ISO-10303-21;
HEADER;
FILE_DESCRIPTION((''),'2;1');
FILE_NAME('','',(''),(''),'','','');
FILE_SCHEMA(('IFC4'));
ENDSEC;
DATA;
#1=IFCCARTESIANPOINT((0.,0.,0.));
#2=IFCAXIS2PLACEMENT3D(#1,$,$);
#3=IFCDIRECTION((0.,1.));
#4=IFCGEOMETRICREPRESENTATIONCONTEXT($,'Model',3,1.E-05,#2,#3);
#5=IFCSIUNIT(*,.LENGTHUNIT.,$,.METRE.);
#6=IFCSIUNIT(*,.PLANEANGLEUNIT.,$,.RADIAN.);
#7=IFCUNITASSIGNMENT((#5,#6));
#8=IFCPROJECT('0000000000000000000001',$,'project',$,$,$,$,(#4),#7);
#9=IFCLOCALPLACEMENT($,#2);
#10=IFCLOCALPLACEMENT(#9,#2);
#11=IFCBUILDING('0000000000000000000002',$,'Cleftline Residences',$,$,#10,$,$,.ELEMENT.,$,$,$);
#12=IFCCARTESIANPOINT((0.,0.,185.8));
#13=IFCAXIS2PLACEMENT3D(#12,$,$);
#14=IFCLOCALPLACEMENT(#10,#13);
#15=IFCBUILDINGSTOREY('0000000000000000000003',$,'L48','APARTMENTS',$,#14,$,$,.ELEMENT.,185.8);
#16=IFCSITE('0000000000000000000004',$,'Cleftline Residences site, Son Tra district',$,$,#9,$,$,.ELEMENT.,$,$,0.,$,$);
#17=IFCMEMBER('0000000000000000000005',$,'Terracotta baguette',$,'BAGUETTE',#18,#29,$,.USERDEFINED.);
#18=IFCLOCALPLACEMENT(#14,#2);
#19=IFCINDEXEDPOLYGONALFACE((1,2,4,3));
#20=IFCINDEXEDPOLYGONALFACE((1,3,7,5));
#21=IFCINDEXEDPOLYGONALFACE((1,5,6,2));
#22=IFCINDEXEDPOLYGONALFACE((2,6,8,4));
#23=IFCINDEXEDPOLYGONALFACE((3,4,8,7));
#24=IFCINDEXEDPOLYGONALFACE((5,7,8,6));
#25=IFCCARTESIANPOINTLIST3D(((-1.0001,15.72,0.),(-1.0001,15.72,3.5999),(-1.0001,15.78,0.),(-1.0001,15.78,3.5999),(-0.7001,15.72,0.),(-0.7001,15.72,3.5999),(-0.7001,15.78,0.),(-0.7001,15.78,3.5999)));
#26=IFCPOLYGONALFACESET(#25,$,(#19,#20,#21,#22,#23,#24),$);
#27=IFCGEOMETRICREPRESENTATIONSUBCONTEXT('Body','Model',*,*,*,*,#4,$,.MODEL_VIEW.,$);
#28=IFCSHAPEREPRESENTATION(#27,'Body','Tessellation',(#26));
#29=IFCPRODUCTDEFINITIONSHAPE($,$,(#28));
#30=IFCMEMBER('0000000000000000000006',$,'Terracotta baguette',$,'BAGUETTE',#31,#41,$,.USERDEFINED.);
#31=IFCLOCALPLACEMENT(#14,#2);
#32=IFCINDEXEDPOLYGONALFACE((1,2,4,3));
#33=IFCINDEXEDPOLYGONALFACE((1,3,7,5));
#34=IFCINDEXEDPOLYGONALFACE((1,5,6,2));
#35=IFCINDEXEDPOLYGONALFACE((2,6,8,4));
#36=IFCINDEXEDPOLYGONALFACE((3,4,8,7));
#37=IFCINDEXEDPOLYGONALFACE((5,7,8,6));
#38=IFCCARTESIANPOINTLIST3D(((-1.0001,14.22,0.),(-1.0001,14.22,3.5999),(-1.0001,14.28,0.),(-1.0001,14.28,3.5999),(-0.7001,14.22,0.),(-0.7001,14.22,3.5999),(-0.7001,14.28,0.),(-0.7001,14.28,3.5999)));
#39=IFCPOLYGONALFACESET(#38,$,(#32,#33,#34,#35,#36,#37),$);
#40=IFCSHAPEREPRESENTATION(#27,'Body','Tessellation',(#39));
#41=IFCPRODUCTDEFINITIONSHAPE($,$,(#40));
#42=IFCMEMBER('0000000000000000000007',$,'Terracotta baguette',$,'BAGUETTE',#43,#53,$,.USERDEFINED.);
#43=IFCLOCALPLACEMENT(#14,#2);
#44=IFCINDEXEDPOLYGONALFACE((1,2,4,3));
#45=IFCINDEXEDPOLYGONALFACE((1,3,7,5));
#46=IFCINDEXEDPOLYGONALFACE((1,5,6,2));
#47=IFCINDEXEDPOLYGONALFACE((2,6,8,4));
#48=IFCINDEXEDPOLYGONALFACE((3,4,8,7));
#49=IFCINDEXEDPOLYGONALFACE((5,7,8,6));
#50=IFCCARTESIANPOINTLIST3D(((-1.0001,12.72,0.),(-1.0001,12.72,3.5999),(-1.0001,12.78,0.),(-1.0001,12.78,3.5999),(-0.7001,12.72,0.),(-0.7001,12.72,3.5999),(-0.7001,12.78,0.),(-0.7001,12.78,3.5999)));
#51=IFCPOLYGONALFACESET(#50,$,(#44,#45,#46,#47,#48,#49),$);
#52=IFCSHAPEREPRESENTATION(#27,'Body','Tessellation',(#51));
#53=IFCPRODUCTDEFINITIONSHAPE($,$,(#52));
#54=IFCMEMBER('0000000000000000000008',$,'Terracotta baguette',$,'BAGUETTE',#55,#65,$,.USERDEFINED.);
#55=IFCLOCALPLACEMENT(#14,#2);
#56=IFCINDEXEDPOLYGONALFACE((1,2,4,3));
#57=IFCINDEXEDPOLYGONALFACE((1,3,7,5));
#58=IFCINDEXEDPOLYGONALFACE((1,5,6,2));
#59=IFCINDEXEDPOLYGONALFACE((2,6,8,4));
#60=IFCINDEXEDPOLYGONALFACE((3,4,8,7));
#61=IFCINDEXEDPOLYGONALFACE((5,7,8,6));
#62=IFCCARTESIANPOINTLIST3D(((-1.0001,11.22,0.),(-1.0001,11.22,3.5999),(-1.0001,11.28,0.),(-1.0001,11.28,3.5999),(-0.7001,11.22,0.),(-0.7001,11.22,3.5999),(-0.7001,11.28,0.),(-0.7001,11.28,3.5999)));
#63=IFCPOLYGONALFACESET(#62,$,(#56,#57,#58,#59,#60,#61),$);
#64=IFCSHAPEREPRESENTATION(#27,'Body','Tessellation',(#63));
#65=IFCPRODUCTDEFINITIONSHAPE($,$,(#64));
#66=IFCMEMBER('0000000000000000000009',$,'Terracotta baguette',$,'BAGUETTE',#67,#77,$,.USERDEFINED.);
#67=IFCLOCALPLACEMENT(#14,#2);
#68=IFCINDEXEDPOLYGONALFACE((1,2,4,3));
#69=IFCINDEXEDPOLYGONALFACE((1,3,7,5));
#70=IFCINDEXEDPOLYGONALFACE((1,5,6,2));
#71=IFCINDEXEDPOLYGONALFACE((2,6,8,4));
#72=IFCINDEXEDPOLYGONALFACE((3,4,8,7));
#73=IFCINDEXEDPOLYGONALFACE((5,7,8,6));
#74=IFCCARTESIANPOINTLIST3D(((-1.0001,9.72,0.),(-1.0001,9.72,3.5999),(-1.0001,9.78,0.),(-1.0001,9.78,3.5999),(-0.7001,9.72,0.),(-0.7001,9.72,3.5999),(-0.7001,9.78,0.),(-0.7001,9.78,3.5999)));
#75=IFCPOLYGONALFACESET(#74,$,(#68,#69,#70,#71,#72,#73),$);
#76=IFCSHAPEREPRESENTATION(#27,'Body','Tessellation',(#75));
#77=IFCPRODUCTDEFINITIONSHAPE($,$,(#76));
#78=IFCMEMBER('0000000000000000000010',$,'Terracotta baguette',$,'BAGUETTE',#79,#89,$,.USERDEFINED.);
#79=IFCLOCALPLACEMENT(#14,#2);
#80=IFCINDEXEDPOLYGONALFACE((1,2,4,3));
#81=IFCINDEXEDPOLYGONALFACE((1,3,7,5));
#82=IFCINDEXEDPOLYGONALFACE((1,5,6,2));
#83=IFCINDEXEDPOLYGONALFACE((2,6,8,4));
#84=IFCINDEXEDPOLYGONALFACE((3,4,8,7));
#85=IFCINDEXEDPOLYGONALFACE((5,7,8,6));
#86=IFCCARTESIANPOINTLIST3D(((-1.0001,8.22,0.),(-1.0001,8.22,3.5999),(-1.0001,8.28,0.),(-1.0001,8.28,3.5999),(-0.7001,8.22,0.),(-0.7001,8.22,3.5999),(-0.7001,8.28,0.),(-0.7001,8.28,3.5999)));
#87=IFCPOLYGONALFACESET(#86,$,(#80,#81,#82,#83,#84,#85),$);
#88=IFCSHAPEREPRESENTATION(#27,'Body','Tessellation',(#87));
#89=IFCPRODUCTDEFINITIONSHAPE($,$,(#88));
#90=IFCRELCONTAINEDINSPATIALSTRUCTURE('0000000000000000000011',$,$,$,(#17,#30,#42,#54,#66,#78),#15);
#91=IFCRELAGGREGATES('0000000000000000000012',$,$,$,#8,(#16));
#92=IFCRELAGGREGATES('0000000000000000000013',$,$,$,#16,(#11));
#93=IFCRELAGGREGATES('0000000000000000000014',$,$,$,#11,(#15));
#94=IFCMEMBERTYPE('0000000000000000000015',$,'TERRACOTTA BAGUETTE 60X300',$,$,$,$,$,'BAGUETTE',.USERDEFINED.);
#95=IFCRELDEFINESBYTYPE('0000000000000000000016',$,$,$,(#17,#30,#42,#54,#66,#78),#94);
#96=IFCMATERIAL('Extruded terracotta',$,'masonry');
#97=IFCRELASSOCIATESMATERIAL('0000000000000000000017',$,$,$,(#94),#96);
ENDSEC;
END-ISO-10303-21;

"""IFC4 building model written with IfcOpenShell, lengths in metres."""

from ifc_helpers import new_model, si_unit, direction, frame, origin, origin_2d, place, context, subcontext, project, spatial, rectangle, extrude, material, material_profile, profile_set, type_object, element, save


model = new_model("IFC4")

# Units and contexts
model_context = context("Model", 3, precision=1e-05, world=origin(), true_north=direction((0.0, 1.0)))
body_context = subcontext(model_context, "Body", "Model", "MODEL_VIEW")
ifc_project = project(units=[si_unit("LENGTHUNIT", "METRE"), si_unit("PLANEANGLEUNIT", "RADIAN")], contexts=[model_context])

# Site, building, storey
site_placement = place(None, origin())
site = spatial("IfcSite", under=ifc_project, at=site_placement, Name="Cleftline Residences site, Son Tra district", CompositionType="ELEMENT", RefElevation=0.0)
building_placement = place(site_placement, origin())
building = spatial("IfcBuilding", under=site, at=building_placement, Name="Cleftline Residences", CompositionType="ELEMENT")
storey_placement = place(building_placement, frame((0.0, 0.0, 185.8)))
storey = spatial("IfcBuildingStorey", under=building, at=storey_placement, Name="L48", Description="APARTMENTS", CompositionType="ELEMENT", Elevation=185.8)

# Members
ifc_material_1 = material(Name="Extruded terracotta", Category="masonry")
ifc_material_profile = material_profile(ifc_material_1, rectangle(XDim=0.0601, YDim=0.3, at=origin_2d()))
ifc_profile_set = profile_set([ifc_material_profile], Name="Extruded terracotta")
member_type = type_object("IfcMemberType", Name="TERRACOTTA BAGUETTE 60X300", ElementType="BAGUETTE", PredefinedType="USERDEFINED", material=ifc_profile_set)
for number, where, z_axis, x_axis, name in (
    (1, (-0.8501, 15.75, 0.0), (0.0, 0.0, 1.0), (0.0, 1.0, 0.0), "Terracotta baguette"),
    (2, (-0.8501, 14.25, 0.0), (0.0, 0.0, 1.0), (0.0, 1.0, 0.0), "Terracotta baguette"),
    (3, (-0.8501, 12.75, 0.0), (0.0, 0.0, 1.0), (0.0, 1.0, 0.0), "Terracotta baguette"),
    (4, (-0.8501, 11.25, 0.0), (0.0, 0.0, 1.0), (0.0, 1.0, 0.0), "Terracotta baguette"),
    (5, (-0.8501, 9.75, 0.0), (0.0, 0.0, 1.0), (0.0, 1.0, 0.0), "Terracotta baguette"),
    (6, (-0.8501, 8.25, 0.0), (0.0, 0.0, 1.0), (0.0, 1.0, 0.0), "Terracotta baguette"),
):
    element("IfcMember", number, at=place(storey_placement, frame(where, z_axis=z_axis, x_axis=x_axis)), inside=storey, type_object=member_type, Name=name, ObjectType="BAGUETTE", PredefinedType="USERDEFINED", context=body_context, shape_type="SweptSolid", body=[
        extrude(rectangle(XDim=0.0601, YDim=0.3, at=origin_2d()), origin(), (0.0, 0.0, 1.0), 3.5999),
    ])

save(model, "model.ifc")
